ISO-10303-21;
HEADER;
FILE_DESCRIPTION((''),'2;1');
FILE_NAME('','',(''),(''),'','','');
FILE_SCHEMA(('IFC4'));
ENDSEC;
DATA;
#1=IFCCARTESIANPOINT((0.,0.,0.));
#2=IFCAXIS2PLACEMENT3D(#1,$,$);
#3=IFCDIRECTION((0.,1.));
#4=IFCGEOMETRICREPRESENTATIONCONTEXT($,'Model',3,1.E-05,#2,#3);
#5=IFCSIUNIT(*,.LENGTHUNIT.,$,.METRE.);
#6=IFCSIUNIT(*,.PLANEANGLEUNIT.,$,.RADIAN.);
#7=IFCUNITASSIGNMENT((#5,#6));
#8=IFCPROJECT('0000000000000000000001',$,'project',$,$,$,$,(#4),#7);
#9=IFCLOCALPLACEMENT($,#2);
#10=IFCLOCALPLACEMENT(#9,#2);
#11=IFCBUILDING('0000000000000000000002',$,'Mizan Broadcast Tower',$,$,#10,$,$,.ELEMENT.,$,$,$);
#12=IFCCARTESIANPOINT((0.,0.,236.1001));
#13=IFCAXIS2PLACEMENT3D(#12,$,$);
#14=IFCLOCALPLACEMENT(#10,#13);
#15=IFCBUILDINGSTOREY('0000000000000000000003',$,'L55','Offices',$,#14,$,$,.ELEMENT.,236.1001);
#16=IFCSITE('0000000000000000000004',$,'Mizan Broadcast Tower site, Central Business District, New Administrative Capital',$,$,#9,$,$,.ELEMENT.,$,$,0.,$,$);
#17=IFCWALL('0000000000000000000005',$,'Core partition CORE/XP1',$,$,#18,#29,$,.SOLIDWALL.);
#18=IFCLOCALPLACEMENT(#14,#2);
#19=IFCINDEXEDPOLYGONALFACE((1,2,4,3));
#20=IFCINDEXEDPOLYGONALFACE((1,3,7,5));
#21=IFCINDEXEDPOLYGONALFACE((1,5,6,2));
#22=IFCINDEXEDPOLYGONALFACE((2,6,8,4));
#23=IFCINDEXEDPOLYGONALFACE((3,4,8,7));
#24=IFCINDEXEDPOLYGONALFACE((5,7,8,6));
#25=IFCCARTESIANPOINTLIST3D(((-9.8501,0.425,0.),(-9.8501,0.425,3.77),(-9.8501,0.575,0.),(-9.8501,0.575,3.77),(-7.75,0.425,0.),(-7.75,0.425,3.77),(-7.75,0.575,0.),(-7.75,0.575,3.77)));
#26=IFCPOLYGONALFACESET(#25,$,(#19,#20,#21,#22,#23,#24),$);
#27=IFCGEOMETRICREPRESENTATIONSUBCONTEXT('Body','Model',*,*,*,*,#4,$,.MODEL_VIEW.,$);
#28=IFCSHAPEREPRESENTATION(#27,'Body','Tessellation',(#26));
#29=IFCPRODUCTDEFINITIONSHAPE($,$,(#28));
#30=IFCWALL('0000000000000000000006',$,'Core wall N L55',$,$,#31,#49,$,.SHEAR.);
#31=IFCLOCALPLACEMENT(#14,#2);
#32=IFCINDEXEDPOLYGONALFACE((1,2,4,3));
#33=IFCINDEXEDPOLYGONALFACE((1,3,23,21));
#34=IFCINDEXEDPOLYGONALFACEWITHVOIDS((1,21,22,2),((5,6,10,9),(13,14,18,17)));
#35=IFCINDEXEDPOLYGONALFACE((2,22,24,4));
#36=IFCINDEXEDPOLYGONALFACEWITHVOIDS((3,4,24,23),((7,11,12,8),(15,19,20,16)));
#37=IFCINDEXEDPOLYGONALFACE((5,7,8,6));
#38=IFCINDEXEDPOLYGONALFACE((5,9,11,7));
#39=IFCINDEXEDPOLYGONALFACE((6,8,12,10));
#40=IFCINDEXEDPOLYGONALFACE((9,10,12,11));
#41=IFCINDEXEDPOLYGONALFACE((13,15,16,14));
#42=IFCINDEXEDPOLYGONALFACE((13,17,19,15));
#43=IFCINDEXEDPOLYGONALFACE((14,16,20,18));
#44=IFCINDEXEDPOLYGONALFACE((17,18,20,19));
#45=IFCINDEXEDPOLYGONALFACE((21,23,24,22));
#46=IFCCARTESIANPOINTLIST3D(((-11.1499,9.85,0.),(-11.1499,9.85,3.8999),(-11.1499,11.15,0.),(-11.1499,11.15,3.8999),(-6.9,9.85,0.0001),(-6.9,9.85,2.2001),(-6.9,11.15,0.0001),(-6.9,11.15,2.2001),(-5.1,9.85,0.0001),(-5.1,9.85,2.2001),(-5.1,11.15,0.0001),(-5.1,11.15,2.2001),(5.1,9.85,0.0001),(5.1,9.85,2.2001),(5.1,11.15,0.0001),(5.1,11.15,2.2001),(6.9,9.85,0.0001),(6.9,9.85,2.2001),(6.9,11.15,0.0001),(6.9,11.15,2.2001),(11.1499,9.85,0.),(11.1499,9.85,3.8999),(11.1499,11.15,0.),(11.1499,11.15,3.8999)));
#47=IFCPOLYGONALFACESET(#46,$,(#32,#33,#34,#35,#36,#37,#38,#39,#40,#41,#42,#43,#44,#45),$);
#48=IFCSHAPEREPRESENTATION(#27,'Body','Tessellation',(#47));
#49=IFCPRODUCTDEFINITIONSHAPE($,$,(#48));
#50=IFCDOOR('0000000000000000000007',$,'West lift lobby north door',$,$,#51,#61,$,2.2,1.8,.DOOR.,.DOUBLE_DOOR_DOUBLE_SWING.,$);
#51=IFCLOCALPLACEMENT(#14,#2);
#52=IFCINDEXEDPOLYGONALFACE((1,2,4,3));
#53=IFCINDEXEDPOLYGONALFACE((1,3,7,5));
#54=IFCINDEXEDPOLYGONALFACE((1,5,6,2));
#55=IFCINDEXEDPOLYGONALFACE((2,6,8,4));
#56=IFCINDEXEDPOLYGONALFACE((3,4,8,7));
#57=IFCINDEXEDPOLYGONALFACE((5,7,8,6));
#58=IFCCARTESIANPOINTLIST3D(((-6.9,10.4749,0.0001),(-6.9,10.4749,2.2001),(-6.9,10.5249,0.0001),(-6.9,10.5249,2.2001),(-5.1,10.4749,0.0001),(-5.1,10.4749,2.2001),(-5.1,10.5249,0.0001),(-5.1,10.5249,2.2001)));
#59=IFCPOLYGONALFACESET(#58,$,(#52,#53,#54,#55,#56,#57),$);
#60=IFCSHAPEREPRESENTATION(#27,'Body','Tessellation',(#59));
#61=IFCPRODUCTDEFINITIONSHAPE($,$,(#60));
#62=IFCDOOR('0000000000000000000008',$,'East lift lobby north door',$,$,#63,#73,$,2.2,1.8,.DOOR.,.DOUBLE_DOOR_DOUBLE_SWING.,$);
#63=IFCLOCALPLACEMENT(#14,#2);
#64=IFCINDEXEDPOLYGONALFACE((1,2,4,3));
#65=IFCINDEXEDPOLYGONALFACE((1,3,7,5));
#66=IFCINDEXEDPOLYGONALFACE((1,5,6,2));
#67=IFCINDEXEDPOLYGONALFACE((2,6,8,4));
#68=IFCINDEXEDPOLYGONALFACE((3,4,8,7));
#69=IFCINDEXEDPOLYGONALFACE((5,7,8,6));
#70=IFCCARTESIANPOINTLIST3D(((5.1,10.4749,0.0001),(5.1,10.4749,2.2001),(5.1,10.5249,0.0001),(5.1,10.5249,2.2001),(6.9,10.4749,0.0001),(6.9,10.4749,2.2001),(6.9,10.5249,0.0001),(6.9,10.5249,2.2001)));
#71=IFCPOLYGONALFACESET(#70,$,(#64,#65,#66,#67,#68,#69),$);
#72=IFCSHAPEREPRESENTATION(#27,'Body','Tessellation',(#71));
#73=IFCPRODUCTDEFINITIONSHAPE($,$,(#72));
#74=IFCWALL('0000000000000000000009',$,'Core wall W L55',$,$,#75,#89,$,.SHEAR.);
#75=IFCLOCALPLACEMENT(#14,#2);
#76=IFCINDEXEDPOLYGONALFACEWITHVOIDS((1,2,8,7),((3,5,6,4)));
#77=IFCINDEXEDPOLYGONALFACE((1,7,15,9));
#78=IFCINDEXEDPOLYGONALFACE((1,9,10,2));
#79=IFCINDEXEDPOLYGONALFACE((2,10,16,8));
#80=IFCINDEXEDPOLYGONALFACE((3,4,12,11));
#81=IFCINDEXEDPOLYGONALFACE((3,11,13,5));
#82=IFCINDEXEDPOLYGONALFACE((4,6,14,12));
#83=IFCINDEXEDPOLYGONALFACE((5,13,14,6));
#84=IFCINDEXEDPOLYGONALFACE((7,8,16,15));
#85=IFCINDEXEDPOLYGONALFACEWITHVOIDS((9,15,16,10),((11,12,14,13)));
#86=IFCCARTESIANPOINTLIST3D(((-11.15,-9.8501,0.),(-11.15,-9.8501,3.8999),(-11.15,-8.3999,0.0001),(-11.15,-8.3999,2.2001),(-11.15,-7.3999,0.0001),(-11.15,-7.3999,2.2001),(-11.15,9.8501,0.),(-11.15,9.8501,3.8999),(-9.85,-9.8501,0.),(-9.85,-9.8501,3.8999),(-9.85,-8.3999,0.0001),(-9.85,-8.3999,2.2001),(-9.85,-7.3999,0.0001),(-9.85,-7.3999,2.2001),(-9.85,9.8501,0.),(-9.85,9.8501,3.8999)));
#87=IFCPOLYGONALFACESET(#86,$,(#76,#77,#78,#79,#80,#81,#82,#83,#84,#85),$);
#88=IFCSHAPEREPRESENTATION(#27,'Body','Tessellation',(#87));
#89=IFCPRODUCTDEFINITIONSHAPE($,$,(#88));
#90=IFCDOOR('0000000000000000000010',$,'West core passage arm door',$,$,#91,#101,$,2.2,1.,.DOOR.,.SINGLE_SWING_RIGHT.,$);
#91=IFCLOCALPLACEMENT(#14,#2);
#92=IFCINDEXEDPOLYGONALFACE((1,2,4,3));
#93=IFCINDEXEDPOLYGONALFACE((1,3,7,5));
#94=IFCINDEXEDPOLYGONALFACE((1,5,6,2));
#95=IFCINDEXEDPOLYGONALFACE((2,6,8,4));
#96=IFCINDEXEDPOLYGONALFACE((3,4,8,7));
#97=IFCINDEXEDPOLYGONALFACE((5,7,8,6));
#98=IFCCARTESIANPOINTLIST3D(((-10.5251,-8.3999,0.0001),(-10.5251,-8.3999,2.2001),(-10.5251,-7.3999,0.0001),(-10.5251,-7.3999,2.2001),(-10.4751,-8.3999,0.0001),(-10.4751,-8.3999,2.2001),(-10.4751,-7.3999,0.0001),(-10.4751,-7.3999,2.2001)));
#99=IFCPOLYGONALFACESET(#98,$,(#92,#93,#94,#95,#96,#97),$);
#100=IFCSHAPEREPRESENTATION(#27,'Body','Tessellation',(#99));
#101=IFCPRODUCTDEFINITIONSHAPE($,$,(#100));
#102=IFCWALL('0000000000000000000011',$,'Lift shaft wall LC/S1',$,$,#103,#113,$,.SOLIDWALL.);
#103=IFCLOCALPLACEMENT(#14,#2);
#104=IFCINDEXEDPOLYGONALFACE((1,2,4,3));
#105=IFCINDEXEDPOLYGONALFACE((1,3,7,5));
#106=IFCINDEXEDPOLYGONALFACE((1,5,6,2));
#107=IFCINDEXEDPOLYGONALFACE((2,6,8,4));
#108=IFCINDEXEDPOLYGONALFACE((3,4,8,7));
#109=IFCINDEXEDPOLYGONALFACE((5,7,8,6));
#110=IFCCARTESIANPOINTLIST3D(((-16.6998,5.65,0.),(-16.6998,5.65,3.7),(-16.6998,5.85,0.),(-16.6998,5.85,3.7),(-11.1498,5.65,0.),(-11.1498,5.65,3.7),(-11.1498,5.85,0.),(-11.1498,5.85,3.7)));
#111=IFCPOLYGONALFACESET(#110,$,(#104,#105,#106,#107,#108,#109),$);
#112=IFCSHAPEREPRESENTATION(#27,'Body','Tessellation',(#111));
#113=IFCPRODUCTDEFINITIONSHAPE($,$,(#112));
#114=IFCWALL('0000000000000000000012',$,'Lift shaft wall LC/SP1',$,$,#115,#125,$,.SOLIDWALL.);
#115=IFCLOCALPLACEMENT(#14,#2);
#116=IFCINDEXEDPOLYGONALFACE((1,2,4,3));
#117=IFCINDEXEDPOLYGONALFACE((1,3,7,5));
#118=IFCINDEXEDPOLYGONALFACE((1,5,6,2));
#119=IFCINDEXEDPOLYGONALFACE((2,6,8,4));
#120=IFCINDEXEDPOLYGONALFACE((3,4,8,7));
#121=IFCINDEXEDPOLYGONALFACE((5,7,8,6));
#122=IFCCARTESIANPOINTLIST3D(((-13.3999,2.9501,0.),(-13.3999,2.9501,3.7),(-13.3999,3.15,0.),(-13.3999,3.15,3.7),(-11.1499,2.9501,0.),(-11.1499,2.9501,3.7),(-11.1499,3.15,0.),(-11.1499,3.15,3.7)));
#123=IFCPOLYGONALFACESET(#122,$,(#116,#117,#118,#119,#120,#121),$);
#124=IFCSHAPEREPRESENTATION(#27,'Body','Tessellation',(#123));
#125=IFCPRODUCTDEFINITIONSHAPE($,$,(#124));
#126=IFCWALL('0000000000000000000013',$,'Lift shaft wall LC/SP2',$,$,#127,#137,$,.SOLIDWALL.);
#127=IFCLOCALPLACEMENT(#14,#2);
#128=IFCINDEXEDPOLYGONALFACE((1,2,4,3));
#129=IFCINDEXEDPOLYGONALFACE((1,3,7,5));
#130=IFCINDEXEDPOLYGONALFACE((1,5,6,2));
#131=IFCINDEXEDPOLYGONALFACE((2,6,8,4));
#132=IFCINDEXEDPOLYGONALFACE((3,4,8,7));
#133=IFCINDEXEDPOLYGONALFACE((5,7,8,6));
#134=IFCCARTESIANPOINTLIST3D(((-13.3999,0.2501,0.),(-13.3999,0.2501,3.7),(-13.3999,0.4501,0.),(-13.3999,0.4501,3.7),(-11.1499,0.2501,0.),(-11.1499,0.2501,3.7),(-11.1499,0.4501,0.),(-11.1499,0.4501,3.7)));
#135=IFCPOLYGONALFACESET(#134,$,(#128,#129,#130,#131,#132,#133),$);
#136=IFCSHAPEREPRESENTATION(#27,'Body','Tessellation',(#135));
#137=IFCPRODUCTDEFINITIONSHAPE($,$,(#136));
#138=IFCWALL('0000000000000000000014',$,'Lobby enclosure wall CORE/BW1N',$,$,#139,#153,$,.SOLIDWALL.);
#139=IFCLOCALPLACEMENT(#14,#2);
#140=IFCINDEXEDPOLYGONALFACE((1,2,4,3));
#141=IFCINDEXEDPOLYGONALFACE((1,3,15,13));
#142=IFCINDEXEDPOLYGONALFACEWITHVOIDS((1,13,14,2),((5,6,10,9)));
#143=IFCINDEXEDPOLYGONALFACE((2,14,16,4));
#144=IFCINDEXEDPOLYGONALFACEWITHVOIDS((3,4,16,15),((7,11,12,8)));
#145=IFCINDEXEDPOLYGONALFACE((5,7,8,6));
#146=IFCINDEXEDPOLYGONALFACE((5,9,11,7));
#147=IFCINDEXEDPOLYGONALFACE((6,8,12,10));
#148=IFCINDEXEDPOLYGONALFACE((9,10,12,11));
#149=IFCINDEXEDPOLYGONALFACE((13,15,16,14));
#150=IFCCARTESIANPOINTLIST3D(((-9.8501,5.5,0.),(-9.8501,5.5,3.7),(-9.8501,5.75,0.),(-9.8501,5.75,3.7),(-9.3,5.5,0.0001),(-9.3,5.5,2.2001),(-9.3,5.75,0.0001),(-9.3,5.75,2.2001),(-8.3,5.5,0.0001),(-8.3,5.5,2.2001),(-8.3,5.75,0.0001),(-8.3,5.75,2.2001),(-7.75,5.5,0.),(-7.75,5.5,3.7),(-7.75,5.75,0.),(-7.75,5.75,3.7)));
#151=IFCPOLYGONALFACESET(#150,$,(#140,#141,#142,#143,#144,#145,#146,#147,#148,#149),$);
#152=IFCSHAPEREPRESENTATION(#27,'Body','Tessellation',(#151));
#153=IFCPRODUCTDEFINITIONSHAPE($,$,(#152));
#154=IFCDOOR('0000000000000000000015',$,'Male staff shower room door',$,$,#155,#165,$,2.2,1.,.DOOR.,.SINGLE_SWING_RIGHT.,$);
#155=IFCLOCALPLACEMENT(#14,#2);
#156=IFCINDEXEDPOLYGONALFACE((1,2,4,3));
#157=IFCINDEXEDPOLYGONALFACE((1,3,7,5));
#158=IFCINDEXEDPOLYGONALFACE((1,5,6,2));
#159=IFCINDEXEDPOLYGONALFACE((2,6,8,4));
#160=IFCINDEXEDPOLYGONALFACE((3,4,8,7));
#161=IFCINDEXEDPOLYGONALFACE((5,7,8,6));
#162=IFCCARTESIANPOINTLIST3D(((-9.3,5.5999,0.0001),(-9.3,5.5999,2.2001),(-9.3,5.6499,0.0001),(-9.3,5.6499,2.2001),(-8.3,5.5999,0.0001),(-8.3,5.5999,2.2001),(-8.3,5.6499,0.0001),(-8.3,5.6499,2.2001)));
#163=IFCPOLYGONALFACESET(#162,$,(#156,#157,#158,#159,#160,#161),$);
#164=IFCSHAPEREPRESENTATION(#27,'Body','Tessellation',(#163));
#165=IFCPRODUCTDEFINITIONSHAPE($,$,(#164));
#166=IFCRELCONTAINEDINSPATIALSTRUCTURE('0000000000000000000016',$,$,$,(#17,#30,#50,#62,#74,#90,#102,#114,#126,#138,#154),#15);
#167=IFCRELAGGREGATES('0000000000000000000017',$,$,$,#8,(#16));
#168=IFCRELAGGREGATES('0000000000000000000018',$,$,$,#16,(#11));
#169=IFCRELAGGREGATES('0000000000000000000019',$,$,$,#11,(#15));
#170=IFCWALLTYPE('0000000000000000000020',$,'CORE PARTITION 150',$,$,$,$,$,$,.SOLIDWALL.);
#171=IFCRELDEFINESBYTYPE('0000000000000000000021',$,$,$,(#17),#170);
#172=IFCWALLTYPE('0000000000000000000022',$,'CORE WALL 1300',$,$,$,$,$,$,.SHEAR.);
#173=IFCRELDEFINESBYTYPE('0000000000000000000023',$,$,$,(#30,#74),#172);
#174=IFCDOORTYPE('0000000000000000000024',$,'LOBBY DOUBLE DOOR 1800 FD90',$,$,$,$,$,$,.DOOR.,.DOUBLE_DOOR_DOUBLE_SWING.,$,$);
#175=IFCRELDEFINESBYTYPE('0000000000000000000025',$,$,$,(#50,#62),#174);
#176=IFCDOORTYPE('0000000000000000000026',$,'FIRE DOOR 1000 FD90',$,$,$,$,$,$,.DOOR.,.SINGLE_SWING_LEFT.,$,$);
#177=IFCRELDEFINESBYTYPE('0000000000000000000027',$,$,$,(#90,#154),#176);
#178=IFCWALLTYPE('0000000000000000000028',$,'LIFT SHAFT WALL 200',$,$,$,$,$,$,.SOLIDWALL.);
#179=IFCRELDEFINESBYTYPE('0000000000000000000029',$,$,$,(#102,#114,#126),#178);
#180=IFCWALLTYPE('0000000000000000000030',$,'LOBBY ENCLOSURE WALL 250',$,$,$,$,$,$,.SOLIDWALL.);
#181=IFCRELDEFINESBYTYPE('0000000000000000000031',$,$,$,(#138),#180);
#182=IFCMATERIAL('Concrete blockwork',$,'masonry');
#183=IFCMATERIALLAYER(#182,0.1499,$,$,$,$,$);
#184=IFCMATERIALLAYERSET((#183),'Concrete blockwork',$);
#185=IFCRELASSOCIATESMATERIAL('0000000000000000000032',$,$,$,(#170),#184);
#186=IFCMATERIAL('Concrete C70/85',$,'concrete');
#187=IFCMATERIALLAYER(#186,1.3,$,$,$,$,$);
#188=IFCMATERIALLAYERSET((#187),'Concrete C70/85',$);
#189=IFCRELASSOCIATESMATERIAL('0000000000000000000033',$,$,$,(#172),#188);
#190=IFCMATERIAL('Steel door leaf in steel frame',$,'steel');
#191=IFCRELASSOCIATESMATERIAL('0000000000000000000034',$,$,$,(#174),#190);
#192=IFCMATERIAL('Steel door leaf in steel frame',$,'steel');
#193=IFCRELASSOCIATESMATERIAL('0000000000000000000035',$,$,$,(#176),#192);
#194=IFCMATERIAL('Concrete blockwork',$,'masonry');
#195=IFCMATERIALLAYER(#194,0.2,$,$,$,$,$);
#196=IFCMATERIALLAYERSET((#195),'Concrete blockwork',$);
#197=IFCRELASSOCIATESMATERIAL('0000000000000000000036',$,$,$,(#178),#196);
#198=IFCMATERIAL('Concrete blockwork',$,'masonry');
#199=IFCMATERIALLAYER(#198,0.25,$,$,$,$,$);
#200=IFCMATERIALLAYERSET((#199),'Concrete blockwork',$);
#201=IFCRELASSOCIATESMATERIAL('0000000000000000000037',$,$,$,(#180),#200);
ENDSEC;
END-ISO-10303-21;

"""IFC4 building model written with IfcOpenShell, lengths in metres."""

from ifc_helpers import new_model, si_unit, direction, frame, frame_2d, origin, place, context, subcontext, project, spatial, rectangle, extrude, material, layer, layer_set, type_object, element, fill, save


model = new_model("IFC4")

# Units and contexts
model_context = context("Model", 3, precision=1e-05, world=origin(), true_north=direction((0.0, 1.0)))
body_context = subcontext(model_context, "Body", "Model", "MODEL_VIEW")
ifc_project = project(units=[si_unit("LENGTHUNIT", "METRE"), si_unit("PLANEANGLEUNIT", "RADIAN")], contexts=[model_context])

# Site, building, storey
site_placement = place(None, origin())
site = spatial("IfcSite", under=ifc_project, at=site_placement, Name="Mizan Broadcast Tower site, Central Business District, New Administrative Capital", CompositionType="ELEMENT", RefElevation=0.0)
building_placement = place(site_placement, origin())
building = spatial("IfcBuilding", under=site, at=building_placement, Name="Mizan Broadcast Tower", CompositionType="ELEMENT")
storey_placement = place(building_placement, frame((0.0, 0.0, 236.1001)))
storey = spatial("IfcBuildingStorey", under=building, at=storey_placement, Name="L55", Description="Offices", CompositionType="ELEMENT", Elevation=236.1001)

# Wall
ifc_material_1 = material(Name="Concrete blockwork", Category="masonry")
ifc_layer_1 = layer(ifc_material_1, 0.1499)
ifc_layer_set_1 = layer_set([ifc_layer_1], Name="Concrete blockwork")
wall_type_1 = type_object("IfcWallType", Name="CORE PARTITION 150", PredefinedType="SOLIDWALL", material=ifc_layer_set_1)
wall_1_placement = place(storey_placement, frame((-9.8501, 0.5, 0.0), z_axis=(0.0, 0.0, 1.0), x_axis=(1.0, 0.0, 0.0)))
element("IfcWall", 1, at=wall_1_placement, inside=storey, type_object=wall_type_1, Name="Core partition CORE/XP1", PredefinedType="SOLIDWALL", context=body_context, shape_type="SweptSolid", body=[
    extrude(rectangle(XDim=2.1001, YDim=0.1499, at=frame_2d((1.05, 0.0))), origin(), (0.0, 0.0, 1.0), 3.77),
])

# Wall, openings, doors
ifc_material_2 = material(Name="Concrete C70/85", Category="concrete")
ifc_layer_2 = layer(ifc_material_2, 1.3)
ifc_layer_set_2 = layer_set([ifc_layer_2], Name="Concrete C70/85")
wall_type_2 = type_object("IfcWallType", Name="CORE WALL 1300", PredefinedType="SHEAR", material=ifc_layer_set_2)
wall_2_placement = place(storey_placement, frame((-11.1499, 10.5, 0.0), z_axis=(0.0, 0.0, 1.0), x_axis=(1.0, 0.0, 0.0)))
wall_2 = element("IfcWall", 2, at=wall_2_placement, inside=storey, type_object=wall_type_2, Name="Core wall N L55", PredefinedType="SHEAR", context=body_context, shape_type="SweptSolid", body=[
    extrude(rectangle(XDim=22.2998, YDim=1.3, at=frame_2d((11.1499, 0.0))), origin(), (0.0, 0.0, 1.0), 3.8999),
])
opening_1_placement = place(wall_2_placement, frame((4.25, 0.0, 0.0)))
opening_1 = element("IfcOpeningElement", 3, at=opening_1_placement, cuts=wall_2, PredefinedType="OPENING", context=body_context, shape_type="SweptSolid", body=[
    extrude(rectangle(XDim=1.8, YDim=2.2, at=frame_2d((0.8999, 1.1001))), frame((0.0, 0.6599, 0.0), z_axis=(0.0, -1.0, 0.0), x_axis=(1.0, 0.0, 0.0)), (0.0, 0.0, 1.0), 1.3201),
])
opening_2_placement = place(wall_2_placement, frame((16.25, 0.0, 0.0)))
opening_2 = element("IfcOpeningElement", 4, at=opening_2_placement, cuts=wall_2, PredefinedType="OPENING", context=body_context, shape_type="SweptSolid", body=[
    extrude(rectangle(XDim=1.8, YDim=2.2, at=frame_2d((0.8999, 1.1001))), frame((0.0, 0.6599, 0.0), z_axis=(0.0, -1.0, 0.0), x_axis=(1.0, 0.0, 0.0)), (0.0, 0.0, 1.0), 1.3201),
])
ifc_material_3 = material(Name="Steel door leaf in steel frame", Category="steel")
door_type_1 = type_object("IfcDoorType", Name="LOBBY DOUBLE DOOR 1800 FD90", OperationType="DOUBLE_DOOR_DOUBLE_SWING", PredefinedType="DOOR", material=ifc_material_3)
door_1_placement = place(opening_1_placement, origin())
door_1 = element("IfcDoor", 5, at=door_1_placement, inside=storey, type_object=door_type_1, Name="West lift lobby north door", OperationType="DOUBLE_DOOR_DOUBLE_SWING", OverallHeight=2.2, OverallWidth=1.8, PredefinedType="DOOR", context=body_context, shape_type="SweptSolid", body=[
    extrude(rectangle(XDim=1.8, YDim=2.2, at=frame_2d((0.8999, 1.1001))), frame((0.0, 0.0249, 0.0), z_axis=(0.0, -1.0, 0.0), x_axis=(1.0, 0.0, 0.0)), (0.0, 0.0, 1.0), 0.05),
])
fill(opening_1, door_1)
door_2_placement = place(opening_2_placement, origin())
door_2 = element("IfcDoor", 6, at=door_2_placement, inside=storey, type_object=door_type_1, Name="East lift lobby north door", OperationType="DOUBLE_DOOR_DOUBLE_SWING", OverallHeight=2.2, OverallWidth=1.8, PredefinedType="DOOR", context=body_context, shape_type="SweptSolid", body=[
    extrude(rectangle(XDim=1.8, YDim=2.2, at=frame_2d((0.8999, 1.1001))), frame((0.0, 0.0249, 0.0), z_axis=(0.0, -1.0, 0.0), x_axis=(1.0, 0.0, 0.0)), (0.0, 0.0, 1.0), 0.05),
])
fill(opening_2, door_2)

# Wall, opening, door
wall_3_placement = place(storey_placement, frame((-10.5, 9.8501, 0.0), z_axis=(0.0, 0.0, 1.0), x_axis=(0.0, -1.0, 0.0)))
wall_3 = element("IfcWall", 7, at=wall_3_placement, inside=storey, type_object=wall_type_2, Name="Core wall W L55", PredefinedType="SHEAR", context=body_context, shape_type="SweptSolid", body=[
    extrude(rectangle(XDim=19.7002, YDim=1.3, at=frame_2d((9.8501, 0.0))), origin(), (0.0, 0.0, 1.0), 3.8999),
])
opening_3_placement = place(wall_3_placement, frame((17.25, 0.0, 0.0)))
opening_3 = element("IfcOpeningElement", 8, at=opening_3_placement, cuts=wall_3, PredefinedType="OPENING", context=body_context, shape_type="SweptSolid", body=[
    extrude(rectangle(XDim=1.0, YDim=2.2, at=frame_2d((0.5, 1.1001))), frame((0.0, 0.6599, 0.0), z_axis=(0.0, -1.0, 0.0), x_axis=(1.0, 0.0, 0.0)), (0.0, 0.0, 1.0), 1.3201),
])
ifc_material_4 = material(Name="Steel door leaf in steel frame", Category="steel")
door_type_2 = type_object("IfcDoorType", Name="FIRE DOOR 1000 FD90", OperationType="SINGLE_SWING_LEFT", PredefinedType="DOOR", material=ifc_material_4)
door_3_placement = place(opening_3_placement, origin())
door_3 = element("IfcDoor", 9, at=door_3_placement, inside=storey, type_object=door_type_2, Name="West core passage arm door", OperationType="SINGLE_SWING_RIGHT", OverallHeight=2.2, OverallWidth=1.0, PredefinedType="DOOR", context=body_context, shape_type="SweptSolid", body=[
    extrude(rectangle(XDim=1.0, YDim=2.2, at=frame_2d((0.5, 1.1001))), frame((0.0, 0.0249, 0.0), z_axis=(0.0, -1.0, 0.0), x_axis=(1.0, 0.0, 0.0)), (0.0, 0.0, 1.0), 0.05),
])
fill(opening_3, door_3)

# Walls
ifc_material_5 = material(Name="Concrete blockwork", Category="masonry")
ifc_layer_3 = layer(ifc_material_5, 0.2)
ifc_layer_set_3 = layer_set([ifc_layer_3], Name="Concrete blockwork")
wall_type_3 = type_object("IfcWallType", Name="LIFT SHAFT WALL 200", PredefinedType="SOLIDWALL", material=ifc_layer_set_3)
wall_4_placement = place(storey_placement, frame((-11.1499, 5.75, 0.0), z_axis=(0.0, 0.0, 1.0), x_axis=(-1.0, 0.0, 0.0)))
element("IfcWall", 10, at=wall_4_placement, inside=storey, type_object=wall_type_3, Name="Lift shaft wall LC/S1", PredefinedType="SOLIDWALL", context=body_context, shape_type="SweptSolid", body=[
    extrude(rectangle(XDim=5.55, YDim=0.2, at=frame_2d((2.7749, 0.0))), origin(), (0.0, 0.0, 1.0), 3.7),
])
for number, where, z_axis, x_axis, name in (
    (11, (-11.1499, 3.05, 0.0), (0.0, 0.0, 1.0), (-1.0, 0.0, 0.0), "Lift shaft wall LC/SP1"),
    (12, (-11.1499, 0.3501, 0.0), (0.0, 0.0, 1.0), (-1.0, 0.0, 0.0), "Lift shaft wall LC/SP2"),
):
    element("IfcWall", number, at=place(storey_placement, frame(where, z_axis=z_axis, x_axis=x_axis)), inside=storey, type_object=wall_type_3, Name=name, PredefinedType="SOLIDWALL", context=body_context, shape_type="SweptSolid", body=[
        extrude(rectangle(XDim=2.25, YDim=0.2, at=frame_2d((1.125, 0.0))), origin(), (0.0, 0.0, 1.0), 3.7),
    ])

# Wall, opening, door
ifc_material_6 = material(Name="Concrete blockwork", Category="masonry")
ifc_layer_4 = layer(ifc_material_6, 0.25)
ifc_layer_set_4 = layer_set([ifc_layer_4], Name="Concrete blockwork")
wall_type_4 = type_object("IfcWallType", Name="LOBBY ENCLOSURE WALL 250", PredefinedType="SOLIDWALL", material=ifc_layer_set_4)
wall_5_placement = place(storey_placement, frame((-9.8501, 5.625, 0.0), z_axis=(0.0, 0.0, 1.0), x_axis=(1.0, 0.0, 0.0)))
wall_5 = element("IfcWall", 13, at=wall_5_placement, inside=storey, type_object=wall_type_4, Name="Lobby enclosure wall CORE/BW1N", PredefinedType="SOLIDWALL", context=body_context, shape_type="SweptSolid", body=[
    extrude(rectangle(XDim=2.1001, YDim=0.25, at=frame_2d((1.05, 0.0))), origin(), (0.0, 0.0, 1.0), 3.7),
])
opening_4_placement = place(wall_5_placement, frame((0.55, 0.0, 0.0)))
opening_4 = element("IfcOpeningElement", 14, at=opening_4_placement, cuts=wall_5, PredefinedType="OPENING", context=body_context, shape_type="SweptSolid", body=[
    extrude(rectangle(XDim=1.0, YDim=2.2, at=frame_2d((0.5, 1.1001))), frame((0.0, 0.135, 0.0), z_axis=(0.0, -1.0, 0.0), x_axis=(1.0, 0.0, 0.0)), (0.0, 0.0, 1.0), 0.27),
])
door_4_placement = place(opening_4_placement, origin())
door_4 = element("IfcDoor", 15, at=door_4_placement, inside=storey, type_object=door_type_2, Name="Male staff shower room door", OperationType="SINGLE_SWING_RIGHT", OverallHeight=2.2, OverallWidth=1.0, PredefinedType="DOOR", context=body_context, shape_type="SweptSolid", body=[
    extrude(rectangle(XDim=1.0, YDim=2.2, at=frame_2d((0.5, 1.1001))), frame((0.0, 0.0249, 0.0), z_axis=(0.0, -1.0, 0.0), x_axis=(1.0, 0.0, 0.0)), (0.0, 0.0, 1.0), 0.05),
])
fill(opening_4, door_4)

save(model, "model.ifc")
